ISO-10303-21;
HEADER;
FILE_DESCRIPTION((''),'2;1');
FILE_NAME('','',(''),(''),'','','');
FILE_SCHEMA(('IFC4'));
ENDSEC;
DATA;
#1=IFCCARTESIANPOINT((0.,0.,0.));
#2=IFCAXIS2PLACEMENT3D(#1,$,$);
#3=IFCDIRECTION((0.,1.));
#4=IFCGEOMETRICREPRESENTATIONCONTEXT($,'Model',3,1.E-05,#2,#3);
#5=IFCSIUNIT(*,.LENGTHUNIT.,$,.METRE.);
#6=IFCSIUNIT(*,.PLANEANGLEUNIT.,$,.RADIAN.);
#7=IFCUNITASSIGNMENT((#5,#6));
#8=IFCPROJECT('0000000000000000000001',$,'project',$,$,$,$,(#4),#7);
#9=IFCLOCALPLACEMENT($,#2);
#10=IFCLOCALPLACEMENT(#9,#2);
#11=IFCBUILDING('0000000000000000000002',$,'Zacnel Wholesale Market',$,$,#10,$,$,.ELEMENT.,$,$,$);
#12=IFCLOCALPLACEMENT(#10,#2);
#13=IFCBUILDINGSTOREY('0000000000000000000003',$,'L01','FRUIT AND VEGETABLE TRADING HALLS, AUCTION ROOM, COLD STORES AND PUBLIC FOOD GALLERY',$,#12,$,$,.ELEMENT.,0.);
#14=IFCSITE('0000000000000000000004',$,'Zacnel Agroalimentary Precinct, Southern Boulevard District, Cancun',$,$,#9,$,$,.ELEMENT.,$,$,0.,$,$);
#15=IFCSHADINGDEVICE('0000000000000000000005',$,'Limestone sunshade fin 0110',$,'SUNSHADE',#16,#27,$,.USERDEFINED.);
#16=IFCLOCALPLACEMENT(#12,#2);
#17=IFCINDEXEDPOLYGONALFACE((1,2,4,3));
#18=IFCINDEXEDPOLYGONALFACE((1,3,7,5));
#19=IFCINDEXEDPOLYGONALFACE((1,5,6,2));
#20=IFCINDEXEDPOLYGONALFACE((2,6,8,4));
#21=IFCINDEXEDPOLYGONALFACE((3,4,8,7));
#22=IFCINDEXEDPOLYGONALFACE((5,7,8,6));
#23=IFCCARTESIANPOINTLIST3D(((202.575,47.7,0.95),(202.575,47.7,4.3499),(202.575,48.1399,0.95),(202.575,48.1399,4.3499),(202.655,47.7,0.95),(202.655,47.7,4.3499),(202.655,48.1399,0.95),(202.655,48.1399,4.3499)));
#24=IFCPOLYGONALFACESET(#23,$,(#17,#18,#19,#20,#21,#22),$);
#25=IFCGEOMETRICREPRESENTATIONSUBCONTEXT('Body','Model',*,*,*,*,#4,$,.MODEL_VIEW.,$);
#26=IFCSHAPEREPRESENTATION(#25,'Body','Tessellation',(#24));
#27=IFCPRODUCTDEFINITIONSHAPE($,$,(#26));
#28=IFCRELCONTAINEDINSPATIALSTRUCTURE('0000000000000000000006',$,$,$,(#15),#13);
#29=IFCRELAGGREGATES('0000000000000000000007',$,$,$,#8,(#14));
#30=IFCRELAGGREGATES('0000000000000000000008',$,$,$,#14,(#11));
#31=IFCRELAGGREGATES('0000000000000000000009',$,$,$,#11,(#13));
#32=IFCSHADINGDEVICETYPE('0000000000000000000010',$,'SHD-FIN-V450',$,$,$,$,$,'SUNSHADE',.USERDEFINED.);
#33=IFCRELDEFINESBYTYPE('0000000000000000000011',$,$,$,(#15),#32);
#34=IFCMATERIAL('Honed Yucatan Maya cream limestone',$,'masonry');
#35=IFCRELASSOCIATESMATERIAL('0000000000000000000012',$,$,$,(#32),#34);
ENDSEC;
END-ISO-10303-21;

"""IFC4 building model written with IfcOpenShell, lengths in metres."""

from ifc_helpers import new_model, si_unit, direction, frame, origin, origin_2d, place, context, subcontext, project, spatial, rectangle, extrude, material, type_object, element, save


model = new_model("IFC4")

# Units and contexts
model_context = context("Model", 3, precision=1e-05, world=origin(), true_north=direction((0.0, 1.0)))
body_context = subcontext(model_context, "Body", "Model", "MODEL_VIEW")
ifc_project = project(units=[si_unit("LENGTHUNIT", "METRE"), si_unit("PLANEANGLEUNIT", "RADIAN")], contexts=[model_context])

# Site, building, storey
site_placement = place(None, origin())
site = spatial("IfcSite", under=ifc_project, at=site_placement, Name="Zacnel Agroalimentary Precinct, Southern Boulevard District, Cancun", CompositionType="ELEMENT", RefElevation=0.0)
building_placement = place(site_placement, origin())
building = spatial("IfcBuilding", under=site, at=building_placement, Name="Zacnel Wholesale Market", CompositionType="ELEMENT")
storey_placement = place(building_placement, origin())
storey = spatial("IfcBuildingStorey", under=building, at=storey_placement, Name="L01", Description="FRUIT AND VEGETABLE TRADING HALLS, AUCTION ROOM, COLD STORES AND PUBLIC FOOD GALLERY", CompositionType="ELEMENT", Elevation=0.0)

# Shading device
ifc_material_1 = material(Name="Honed Yucatan Maya cream limestone", Category="masonry")
shading_device_type = type_object("IfcShadingDeviceType", Name="SHD-FIN-V450", ElementType="SUNSHADE", PredefinedType="USERDEFINED", material=ifc_material_1)
for number, where, z_axis, x_axis, name in (
    (1, (202.615, 47.9199, 0.95), (0.0, 0.0, 1.0), (1.0, 0.0, 0.0), "Limestone sunshade fin 0110"),
):
    element("IfcShadingDevice", number, at=place(storey_placement, frame(where, z_axis=z_axis, x_axis=x_axis)), inside=storey, type_object=shading_device_type, Name=name, ObjectType="SUNSHADE", PredefinedType="USERDEFINED", context=body_context, shape_type="SweptSolid", body=[
        extrude(rectangle(XDim=0.0801, YDim=0.4399, at=origin_2d()), origin(), (0.0, 0.0, 1.0), 3.3999),
    ])

save(model, "model.ifc")
